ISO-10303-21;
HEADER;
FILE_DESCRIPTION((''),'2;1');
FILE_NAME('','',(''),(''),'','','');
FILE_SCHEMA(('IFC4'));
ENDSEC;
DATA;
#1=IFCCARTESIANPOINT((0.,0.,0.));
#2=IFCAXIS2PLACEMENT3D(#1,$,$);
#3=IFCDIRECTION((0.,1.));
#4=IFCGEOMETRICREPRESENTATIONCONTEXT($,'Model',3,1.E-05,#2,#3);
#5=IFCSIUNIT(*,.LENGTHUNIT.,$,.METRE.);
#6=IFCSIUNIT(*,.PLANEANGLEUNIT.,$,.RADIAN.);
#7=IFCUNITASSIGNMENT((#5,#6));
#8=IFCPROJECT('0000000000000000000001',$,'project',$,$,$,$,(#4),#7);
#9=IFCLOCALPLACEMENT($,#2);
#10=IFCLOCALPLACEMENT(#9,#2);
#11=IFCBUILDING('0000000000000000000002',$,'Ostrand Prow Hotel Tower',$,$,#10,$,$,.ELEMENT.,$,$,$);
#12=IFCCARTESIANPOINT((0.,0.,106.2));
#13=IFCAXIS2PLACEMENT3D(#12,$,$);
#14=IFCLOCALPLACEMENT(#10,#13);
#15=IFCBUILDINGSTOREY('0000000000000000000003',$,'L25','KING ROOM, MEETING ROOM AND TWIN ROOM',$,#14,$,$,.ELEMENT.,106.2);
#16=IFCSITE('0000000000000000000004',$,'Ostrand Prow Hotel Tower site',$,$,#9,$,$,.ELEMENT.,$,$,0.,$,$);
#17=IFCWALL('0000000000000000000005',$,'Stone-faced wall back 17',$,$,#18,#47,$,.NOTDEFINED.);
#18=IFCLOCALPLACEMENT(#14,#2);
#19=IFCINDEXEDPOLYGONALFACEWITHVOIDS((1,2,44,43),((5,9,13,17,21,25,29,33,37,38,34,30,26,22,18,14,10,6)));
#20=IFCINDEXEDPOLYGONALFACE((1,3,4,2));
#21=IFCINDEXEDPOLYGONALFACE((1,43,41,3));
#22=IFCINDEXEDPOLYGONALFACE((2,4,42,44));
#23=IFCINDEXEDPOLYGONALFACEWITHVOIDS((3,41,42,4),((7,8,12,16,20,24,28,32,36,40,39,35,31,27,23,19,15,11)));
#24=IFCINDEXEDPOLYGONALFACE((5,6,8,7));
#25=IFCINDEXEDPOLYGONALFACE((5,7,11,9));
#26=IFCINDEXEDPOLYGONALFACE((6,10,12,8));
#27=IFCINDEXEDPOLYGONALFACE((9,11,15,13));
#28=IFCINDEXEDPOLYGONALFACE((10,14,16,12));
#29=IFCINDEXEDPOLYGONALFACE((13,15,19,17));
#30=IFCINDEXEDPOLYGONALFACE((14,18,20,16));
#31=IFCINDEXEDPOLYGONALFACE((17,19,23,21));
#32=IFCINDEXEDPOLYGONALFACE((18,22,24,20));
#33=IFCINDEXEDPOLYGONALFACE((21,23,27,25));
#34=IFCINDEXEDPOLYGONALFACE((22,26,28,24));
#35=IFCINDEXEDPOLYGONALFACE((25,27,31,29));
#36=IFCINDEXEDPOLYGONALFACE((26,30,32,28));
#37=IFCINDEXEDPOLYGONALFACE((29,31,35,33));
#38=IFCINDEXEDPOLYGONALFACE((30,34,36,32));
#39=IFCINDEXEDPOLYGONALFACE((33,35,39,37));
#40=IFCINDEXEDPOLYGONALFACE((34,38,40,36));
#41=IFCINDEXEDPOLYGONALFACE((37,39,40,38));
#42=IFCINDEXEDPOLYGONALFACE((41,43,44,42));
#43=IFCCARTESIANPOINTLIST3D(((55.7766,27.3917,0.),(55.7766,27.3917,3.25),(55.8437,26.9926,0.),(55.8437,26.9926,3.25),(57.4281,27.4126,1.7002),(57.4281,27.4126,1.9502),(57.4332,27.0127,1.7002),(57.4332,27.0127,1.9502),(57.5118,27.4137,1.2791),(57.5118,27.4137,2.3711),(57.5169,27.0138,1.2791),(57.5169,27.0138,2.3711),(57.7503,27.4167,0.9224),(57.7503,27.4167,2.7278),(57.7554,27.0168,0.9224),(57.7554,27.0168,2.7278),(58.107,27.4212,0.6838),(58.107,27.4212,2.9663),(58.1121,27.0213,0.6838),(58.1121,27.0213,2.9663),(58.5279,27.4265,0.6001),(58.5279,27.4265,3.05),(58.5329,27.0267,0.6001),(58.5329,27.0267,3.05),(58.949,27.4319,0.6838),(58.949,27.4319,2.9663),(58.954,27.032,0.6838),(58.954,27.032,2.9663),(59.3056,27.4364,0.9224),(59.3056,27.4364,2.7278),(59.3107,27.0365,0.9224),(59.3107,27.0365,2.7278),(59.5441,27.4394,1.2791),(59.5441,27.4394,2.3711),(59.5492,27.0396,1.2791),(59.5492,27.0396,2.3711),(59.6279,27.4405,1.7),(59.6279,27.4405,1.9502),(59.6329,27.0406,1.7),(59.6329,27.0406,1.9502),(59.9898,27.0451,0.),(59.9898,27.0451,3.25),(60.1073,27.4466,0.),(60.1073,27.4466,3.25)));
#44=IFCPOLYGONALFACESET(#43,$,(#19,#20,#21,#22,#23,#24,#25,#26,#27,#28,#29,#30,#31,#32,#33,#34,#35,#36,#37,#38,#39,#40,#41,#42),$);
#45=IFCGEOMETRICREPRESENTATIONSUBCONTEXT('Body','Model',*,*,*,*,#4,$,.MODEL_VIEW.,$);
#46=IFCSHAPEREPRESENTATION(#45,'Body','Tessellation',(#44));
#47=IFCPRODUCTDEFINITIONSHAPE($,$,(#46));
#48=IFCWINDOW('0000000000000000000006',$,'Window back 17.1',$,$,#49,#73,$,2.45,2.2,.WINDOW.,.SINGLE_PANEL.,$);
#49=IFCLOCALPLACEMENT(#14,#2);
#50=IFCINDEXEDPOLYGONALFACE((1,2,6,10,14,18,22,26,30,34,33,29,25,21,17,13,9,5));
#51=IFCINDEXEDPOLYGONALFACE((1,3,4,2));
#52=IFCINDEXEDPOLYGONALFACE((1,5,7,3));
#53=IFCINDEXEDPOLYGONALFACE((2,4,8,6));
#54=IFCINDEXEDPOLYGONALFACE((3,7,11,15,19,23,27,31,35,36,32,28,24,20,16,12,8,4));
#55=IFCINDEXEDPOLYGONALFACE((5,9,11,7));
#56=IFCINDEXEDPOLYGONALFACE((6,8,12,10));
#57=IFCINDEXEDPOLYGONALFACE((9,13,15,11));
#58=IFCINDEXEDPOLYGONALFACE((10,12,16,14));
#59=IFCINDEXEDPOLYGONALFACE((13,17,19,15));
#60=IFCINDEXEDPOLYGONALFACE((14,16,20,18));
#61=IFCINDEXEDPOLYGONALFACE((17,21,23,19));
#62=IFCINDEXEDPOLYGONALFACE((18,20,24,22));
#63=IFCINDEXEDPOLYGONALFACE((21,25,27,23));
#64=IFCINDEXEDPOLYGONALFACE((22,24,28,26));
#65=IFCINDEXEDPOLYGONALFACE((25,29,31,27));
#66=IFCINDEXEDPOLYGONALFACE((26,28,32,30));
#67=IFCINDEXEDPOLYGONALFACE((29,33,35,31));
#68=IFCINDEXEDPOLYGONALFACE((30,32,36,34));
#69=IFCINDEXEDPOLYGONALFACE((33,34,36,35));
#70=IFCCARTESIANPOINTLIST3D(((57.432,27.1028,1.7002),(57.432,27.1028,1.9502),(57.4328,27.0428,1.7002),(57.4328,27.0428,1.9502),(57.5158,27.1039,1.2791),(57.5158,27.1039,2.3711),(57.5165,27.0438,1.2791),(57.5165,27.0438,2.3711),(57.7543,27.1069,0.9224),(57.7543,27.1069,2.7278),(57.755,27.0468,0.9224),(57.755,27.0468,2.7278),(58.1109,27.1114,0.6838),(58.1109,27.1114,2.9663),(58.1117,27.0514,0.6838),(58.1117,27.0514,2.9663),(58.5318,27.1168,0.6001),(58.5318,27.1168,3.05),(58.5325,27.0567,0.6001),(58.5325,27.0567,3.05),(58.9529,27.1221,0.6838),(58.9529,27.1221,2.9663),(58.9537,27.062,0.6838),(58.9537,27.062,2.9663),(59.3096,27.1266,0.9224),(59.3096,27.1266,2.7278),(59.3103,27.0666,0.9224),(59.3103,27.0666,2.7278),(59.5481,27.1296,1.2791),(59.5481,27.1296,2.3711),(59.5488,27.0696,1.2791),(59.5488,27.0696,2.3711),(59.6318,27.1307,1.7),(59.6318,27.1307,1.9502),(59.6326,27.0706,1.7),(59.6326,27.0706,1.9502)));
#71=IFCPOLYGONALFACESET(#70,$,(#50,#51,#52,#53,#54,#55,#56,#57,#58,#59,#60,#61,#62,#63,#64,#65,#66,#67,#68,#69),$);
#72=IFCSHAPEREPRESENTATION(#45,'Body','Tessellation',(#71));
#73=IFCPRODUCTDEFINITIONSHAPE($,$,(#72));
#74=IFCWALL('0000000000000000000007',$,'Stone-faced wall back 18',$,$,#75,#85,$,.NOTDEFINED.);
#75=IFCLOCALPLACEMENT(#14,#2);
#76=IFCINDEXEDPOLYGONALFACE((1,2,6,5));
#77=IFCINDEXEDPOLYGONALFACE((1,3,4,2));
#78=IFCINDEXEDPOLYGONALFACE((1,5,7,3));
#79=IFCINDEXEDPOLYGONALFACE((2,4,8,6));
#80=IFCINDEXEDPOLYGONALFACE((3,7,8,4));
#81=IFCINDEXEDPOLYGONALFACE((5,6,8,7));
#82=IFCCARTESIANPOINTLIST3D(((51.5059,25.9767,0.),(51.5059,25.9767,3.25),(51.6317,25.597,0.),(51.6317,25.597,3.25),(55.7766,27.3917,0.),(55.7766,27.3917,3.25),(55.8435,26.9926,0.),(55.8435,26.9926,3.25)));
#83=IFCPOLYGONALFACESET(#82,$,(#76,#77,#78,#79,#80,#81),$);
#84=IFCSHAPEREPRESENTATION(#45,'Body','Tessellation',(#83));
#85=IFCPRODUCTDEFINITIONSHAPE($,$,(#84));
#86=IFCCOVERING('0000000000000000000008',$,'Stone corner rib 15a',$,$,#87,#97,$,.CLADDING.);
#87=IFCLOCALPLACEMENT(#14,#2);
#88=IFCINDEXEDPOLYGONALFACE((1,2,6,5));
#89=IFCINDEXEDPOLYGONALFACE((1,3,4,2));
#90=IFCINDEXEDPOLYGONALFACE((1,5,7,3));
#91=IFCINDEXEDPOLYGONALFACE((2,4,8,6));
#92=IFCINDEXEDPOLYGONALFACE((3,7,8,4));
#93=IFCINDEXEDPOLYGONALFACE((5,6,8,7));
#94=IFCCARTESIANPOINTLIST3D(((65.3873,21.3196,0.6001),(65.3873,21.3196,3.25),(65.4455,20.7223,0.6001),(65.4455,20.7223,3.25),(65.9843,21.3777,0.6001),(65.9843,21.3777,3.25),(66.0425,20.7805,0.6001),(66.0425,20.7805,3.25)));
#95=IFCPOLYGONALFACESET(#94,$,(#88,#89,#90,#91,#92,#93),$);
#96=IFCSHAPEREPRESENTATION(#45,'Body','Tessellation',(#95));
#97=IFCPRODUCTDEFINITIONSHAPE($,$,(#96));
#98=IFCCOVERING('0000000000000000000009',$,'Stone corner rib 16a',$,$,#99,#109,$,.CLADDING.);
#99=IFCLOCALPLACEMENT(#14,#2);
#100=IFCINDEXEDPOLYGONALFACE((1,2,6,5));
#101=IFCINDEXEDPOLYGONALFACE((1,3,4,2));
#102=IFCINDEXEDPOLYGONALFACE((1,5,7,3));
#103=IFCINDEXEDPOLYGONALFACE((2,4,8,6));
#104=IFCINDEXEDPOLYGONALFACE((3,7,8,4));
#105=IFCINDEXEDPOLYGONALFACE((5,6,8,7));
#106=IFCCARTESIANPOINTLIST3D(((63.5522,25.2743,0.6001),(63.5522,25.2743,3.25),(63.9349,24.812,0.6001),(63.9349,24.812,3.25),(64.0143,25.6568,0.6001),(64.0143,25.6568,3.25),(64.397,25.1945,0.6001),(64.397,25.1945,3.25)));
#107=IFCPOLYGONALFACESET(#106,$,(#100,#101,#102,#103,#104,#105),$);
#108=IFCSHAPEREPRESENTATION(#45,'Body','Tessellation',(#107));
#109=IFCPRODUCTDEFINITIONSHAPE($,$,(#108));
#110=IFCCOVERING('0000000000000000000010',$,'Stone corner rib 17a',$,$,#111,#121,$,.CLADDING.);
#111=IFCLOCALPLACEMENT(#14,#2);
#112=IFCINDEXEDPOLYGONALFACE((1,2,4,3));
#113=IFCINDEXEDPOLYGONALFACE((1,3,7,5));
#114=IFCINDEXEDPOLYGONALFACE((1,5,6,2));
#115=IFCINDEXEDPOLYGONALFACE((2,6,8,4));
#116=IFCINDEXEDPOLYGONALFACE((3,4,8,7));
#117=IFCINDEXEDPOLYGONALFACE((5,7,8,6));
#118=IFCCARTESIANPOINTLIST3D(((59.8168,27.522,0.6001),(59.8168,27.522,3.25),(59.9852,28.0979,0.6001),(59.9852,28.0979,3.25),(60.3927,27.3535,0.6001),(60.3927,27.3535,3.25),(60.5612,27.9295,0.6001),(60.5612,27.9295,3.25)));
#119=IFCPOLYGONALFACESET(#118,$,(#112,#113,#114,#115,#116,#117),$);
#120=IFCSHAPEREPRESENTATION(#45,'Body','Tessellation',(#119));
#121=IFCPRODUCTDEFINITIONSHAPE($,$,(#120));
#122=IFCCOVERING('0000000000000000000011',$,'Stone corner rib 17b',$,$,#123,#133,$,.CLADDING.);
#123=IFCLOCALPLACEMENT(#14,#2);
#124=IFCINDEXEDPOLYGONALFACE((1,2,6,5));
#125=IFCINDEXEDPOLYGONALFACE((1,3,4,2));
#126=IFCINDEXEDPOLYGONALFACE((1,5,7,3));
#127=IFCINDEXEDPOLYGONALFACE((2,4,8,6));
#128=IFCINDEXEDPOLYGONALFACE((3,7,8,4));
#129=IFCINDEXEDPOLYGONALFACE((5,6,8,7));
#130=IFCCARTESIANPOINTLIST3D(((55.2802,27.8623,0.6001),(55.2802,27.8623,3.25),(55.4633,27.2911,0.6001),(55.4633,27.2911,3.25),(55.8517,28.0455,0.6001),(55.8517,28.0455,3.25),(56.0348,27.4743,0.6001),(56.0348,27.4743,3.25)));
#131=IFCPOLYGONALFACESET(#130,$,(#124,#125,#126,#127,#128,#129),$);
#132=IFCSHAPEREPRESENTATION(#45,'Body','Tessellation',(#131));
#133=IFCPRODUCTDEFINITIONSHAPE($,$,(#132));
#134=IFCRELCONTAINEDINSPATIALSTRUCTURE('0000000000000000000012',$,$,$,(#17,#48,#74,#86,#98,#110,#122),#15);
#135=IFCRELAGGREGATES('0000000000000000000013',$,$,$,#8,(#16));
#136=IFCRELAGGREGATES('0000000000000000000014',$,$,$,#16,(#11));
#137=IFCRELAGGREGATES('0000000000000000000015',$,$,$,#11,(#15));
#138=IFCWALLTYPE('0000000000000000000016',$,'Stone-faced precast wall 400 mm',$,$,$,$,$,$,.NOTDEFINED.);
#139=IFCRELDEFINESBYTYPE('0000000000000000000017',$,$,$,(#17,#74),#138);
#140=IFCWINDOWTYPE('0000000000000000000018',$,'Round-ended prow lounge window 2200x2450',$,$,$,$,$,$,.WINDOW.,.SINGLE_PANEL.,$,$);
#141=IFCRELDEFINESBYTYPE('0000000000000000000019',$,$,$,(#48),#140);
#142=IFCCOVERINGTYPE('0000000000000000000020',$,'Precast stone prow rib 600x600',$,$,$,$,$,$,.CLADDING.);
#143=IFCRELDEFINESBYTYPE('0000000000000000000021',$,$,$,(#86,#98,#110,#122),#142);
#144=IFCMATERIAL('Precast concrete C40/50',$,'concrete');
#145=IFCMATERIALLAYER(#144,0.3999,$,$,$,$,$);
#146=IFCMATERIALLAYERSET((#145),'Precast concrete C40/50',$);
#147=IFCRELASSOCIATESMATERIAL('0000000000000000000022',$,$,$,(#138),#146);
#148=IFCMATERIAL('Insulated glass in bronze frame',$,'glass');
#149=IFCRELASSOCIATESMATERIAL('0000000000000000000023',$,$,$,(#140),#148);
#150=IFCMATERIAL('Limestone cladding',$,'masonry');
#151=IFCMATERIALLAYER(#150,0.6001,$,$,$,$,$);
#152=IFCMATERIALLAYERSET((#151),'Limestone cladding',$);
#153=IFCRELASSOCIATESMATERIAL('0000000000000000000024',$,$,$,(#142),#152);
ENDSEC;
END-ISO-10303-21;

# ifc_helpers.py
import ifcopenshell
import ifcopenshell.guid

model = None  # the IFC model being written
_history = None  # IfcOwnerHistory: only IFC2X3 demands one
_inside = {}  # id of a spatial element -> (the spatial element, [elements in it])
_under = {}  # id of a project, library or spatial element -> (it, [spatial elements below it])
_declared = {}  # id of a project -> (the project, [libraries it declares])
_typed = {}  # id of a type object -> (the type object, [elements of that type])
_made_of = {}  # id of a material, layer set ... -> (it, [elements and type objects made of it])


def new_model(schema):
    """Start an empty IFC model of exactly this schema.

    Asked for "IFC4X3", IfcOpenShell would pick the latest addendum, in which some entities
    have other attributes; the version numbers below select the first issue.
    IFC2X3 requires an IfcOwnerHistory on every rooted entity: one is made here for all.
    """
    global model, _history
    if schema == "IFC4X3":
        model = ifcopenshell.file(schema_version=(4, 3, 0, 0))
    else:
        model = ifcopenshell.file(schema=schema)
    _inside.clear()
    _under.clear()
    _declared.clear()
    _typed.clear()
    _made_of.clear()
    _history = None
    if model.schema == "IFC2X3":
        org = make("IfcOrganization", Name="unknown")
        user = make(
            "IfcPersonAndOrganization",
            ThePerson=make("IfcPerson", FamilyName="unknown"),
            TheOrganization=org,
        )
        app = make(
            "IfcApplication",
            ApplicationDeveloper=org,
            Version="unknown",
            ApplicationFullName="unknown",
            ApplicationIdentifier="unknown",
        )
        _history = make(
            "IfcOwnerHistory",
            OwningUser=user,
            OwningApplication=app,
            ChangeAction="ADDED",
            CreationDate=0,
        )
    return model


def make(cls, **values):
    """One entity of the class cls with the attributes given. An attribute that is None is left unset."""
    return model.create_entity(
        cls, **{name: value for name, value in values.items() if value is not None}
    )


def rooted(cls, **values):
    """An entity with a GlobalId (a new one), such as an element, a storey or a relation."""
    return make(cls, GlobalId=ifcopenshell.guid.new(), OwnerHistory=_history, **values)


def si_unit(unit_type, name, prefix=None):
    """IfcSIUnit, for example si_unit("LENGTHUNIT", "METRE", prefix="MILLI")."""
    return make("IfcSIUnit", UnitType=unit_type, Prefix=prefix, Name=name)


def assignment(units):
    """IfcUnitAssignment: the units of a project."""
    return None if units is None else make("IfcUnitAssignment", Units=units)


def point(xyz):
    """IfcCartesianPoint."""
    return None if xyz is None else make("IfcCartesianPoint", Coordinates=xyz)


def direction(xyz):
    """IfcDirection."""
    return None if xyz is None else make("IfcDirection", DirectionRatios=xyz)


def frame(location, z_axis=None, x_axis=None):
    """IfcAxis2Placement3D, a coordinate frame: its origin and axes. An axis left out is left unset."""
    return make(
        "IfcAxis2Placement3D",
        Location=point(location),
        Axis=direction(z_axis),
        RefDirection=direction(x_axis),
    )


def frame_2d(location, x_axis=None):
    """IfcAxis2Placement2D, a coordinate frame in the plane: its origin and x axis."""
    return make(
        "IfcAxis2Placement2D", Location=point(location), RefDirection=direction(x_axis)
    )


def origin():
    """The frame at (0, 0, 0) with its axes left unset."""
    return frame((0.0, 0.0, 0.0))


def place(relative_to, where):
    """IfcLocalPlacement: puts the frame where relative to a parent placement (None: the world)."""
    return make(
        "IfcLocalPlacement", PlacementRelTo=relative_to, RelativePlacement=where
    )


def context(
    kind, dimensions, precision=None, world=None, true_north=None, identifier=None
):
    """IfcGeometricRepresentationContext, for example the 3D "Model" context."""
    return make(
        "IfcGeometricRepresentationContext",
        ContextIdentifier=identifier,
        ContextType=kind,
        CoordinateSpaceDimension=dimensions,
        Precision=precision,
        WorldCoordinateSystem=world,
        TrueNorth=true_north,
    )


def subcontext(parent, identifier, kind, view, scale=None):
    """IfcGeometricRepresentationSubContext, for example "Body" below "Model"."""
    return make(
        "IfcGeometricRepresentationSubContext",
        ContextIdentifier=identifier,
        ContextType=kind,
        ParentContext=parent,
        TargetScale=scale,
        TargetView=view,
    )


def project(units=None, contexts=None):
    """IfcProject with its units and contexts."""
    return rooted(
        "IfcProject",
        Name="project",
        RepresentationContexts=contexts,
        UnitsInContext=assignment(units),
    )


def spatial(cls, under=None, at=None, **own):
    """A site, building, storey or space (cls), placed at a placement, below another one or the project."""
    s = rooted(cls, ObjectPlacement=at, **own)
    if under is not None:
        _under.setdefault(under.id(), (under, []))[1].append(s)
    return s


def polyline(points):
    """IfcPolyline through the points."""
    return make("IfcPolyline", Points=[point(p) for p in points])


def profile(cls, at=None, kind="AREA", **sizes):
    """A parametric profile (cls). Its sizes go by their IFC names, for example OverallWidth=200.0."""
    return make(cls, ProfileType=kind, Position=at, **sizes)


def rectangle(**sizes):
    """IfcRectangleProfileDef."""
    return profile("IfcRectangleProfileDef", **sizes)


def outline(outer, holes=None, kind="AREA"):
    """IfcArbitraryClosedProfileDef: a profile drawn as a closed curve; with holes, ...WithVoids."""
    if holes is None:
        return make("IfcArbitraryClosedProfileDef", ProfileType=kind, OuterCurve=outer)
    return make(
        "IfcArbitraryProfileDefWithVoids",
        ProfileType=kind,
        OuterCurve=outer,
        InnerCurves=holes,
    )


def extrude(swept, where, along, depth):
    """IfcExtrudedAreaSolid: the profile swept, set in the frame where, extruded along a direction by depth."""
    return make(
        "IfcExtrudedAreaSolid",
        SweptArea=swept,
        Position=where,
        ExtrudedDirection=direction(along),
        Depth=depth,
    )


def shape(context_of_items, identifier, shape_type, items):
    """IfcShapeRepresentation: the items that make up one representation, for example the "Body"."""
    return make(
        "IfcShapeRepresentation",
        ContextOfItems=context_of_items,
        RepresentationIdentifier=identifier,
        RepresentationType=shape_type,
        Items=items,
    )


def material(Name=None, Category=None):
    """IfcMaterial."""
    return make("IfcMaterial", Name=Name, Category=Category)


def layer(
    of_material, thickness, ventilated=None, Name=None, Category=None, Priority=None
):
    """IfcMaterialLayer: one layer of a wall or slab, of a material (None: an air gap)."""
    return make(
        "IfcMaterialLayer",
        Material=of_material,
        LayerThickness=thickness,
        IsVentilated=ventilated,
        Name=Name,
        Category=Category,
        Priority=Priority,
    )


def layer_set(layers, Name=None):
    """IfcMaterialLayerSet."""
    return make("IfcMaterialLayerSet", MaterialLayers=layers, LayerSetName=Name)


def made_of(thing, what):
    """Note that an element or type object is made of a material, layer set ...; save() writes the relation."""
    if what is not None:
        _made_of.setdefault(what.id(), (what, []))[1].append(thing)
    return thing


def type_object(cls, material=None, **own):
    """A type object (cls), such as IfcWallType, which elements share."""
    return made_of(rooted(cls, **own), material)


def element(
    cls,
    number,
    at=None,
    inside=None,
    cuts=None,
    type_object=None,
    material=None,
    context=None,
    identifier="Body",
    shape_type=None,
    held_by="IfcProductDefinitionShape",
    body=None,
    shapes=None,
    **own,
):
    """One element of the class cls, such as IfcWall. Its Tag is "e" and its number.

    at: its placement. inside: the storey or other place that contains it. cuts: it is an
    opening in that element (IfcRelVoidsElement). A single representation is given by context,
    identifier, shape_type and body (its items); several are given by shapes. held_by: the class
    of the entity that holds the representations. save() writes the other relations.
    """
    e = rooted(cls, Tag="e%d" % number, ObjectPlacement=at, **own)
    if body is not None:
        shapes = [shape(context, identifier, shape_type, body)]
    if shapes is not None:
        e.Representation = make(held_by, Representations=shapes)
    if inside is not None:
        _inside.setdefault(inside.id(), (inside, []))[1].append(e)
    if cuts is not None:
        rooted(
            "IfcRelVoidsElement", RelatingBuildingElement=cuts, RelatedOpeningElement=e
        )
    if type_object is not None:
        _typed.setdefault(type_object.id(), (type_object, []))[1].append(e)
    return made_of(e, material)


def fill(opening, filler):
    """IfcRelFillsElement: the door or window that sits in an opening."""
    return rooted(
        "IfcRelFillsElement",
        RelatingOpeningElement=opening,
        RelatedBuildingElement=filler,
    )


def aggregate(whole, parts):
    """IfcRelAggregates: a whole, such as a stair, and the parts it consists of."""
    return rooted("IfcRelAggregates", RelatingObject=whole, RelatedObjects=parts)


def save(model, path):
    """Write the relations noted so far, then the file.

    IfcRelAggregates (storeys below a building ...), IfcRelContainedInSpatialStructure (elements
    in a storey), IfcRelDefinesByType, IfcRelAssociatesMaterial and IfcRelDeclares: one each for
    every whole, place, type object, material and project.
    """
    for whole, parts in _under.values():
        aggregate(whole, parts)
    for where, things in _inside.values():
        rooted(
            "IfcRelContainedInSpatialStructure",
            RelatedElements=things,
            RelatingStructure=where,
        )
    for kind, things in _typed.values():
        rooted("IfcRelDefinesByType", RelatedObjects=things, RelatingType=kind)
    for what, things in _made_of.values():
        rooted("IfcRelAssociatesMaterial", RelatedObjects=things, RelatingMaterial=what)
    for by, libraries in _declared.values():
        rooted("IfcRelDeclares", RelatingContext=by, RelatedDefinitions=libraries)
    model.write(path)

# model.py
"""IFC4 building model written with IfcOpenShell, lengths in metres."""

from ifc_helpers import new_model, si_unit, direction, frame, frame_2d, origin, place, context, subcontext, project, spatial, polyline, rectangle, outline, extrude, material, layer, layer_set, type_object, element, fill, save


model = new_model("IFC4")

# Units and contexts
model_context = context("Model", 3, precision=1e-05, world=origin(), true_north=direction((0.0, 1.0)))
body_context = subcontext(model_context, "Body", "Model", "MODEL_VIEW")
ifc_project = project(units=[si_unit("LENGTHUNIT", "METRE"), si_unit("PLANEANGLEUNIT", "RADIAN")], contexts=[model_context])

# Site, building, storey
site_placement = place(None, origin())
site = spatial("IfcSite", under=ifc_project, at=site_placement, Name="Ostrand Prow Hotel Tower site", CompositionType="ELEMENT", RefElevation=0.0)
building_placement = place(site_placement, origin())
building = spatial("IfcBuilding", under=site, at=building_placement, Name="Ostrand Prow Hotel Tower", CompositionType="ELEMENT")
storey_placement = place(building_placement, frame((0.0, 0.0, 106.2)))
storey = spatial("IfcBuildingStorey", under=building, at=storey_placement, Name="L25", Description="KING ROOM, MEETING ROOM AND TWIN ROOM", CompositionType="ELEMENT", Elevation=106.2)

# Shared definitions
ifc_material_1 = material(Name="Precast concrete C40/50", Category="concrete")
ifc_layer_1 = layer(ifc_material_1, 0.3999)
ifc_layer_set_1 = layer_set([ifc_layer_1], Name="Precast concrete C40/50")
wall_type_1 = type_object("IfcWallType", Name="Stone-faced precast wall 400 mm", PredefinedType="NOTDEFINED", material=ifc_layer_set_1)

# Wall, opening, window
ifc_material_2 = material(Name="Insulated glass in bronze frame", Category="glass")
window_type_1 = type_object("IfcWindowType", Name="Round-ended prow lounge window 2200x2450", PartitioningType="SINGLE_PANEL", PredefinedType="WINDOW", material=ifc_material_2)
wall_1_placement = place(storey_placement, frame((60.0486, 27.2458, 0.0), z_axis=(0.0, 0.0, 1.0), x_axis=(-0.99992, -0.012671, 0.0)))
wall_1 = element("IfcWall", 1, at=wall_1_placement, inside=storey, type_object=wall_type_1, Name="Stone-faced wall back 17", PredefinedType="NOTDEFINED", context=body_context, shape_type="SweptSolid", body=[
    extrude(outline(polyline([(-0.0613, -0.2), (4.2698, -0.2), (4.2078, 0.2), (0.0613, 0.2), (-0.0613, -0.2)])), origin(), (0.0, 0.0, 1.0), 3.25),
])
opening_1_placement = place(wall_1_placement, frame((0.4182, 0.0, 0.6001)))
opening_1 = element("IfcOpeningElement", 2, at=opening_1_placement, cuts=wall_1, PredefinedType="OPENING", context=body_context, shape_type="SweptSolid", body=[
    extrude(outline(polyline([(0.0, 1.3501), (0.0837, 1.771), (0.3223, 2.1277), (0.679, 2.3662), (1.1001, 2.45), (1.521, 2.3662), (1.8777, 2.1277), (2.1162, 1.771), (2.2, 1.3501), (2.2, 1.1001), (2.1162, 0.679), (1.8777, 0.3223), (1.521, 0.0837), (1.1001, 0.0), (0.679, 0.0837), (0.3223, 0.3223), (0.0837, 0.679), (0.0, 1.0999), (0.0, 1.3501)])), frame((0.0, 0.21, 0.0), z_axis=(0.0, -1.0, 0.0), x_axis=(1.0, 0.0, 0.0)), (0.0, 0.0, 1.0), 0.4199),
])
window_1_placement = place(opening_1_placement, origin())
window_1 = element("IfcWindow", 3, at=window_1_placement, inside=storey, type_object=window_type_1, Name="Window back 17.1", OverallHeight=2.45, OverallWidth=2.2, PartitioningType="SINGLE_PANEL", PredefinedType="WINDOW", context=body_context, shape_type="SweptSolid", body=[
    extrude(outline(polyline([(0.0, 1.3501), (0.0837, 1.771), (0.3223, 2.1277), (0.679, 2.3662), (1.1001, 2.45), (1.521, 2.3662), (1.8777, 2.1277), (2.1162, 1.771), (2.2, 1.3501), (2.2, 1.1001), (2.1162, 0.679), (1.8777, 0.3223), (1.521, 0.0837), (1.1001, 0.0), (0.679, 0.0837), (0.3223, 0.3223), (0.0837, 0.679), (0.0, 1.0999), (0.0, 1.3501)])), frame((0.0, 0.1699, 0.0), z_axis=(0.0, -1.0, 0.0), x_axis=(1.0, 0.0, 0.0)), (0.0, 0.0, 1.0), 0.0601),
])
fill(opening_1, window_1)

# Wall
wall_2_placement = place(storey_placement, frame((55.8101, 27.1921, 0.0), z_axis=(0.0, 0.0, 1.0), x_axis=(-0.94925, -0.314522, 0.0)))
element("IfcWall", 4, at=wall_2_placement, inside=storey, type_object=wall_type_1, Name="Stone-faced wall back 18", PredefinedType="NOTDEFINED", context=body_context, shape_type="SweptSolid", body=[
    extrude(outline(polyline([(-0.031, -0.2), (4.468, -0.2), (4.468, 0.2), (0.031, 0.2), (-0.031, -0.2)])), origin(), (0.0, 0.0, 1.0), 3.25),
])

# Coverings
ifc_material_3 = material(Name="Limestone cladding", Category="masonry")
ifc_layer_2 = layer(ifc_material_3, 0.6001)
ifc_layer_set_2 = layer_set([ifc_layer_2], Name="Limestone cladding")
covering_type = type_object("IfcCoveringType", Name="Precast stone prow rib 600x600", PredefinedType="CLADDING", material=ifc_layer_set_2)
for number, where, z_axis, x_axis, name in (
    (5, (65.4165, 21.021, 0.6001), (0.0, 0.0, 1.0), (0.995296, 0.096884, 0.0), "Stone corner rib 15a"),
    (6, (63.7437, 25.0432, 0.6001), (0.0, 0.0, 1.0), (0.770319, 0.637659, 0.0), "Stone corner rib 16a"),
):
    element("IfcCovering", number, at=place(storey_placement, frame(where, z_axis=z_axis, x_axis=x_axis)), inside=storey, type_object=covering_type, Name=name, PredefinedType="CLADDING", context=body_context, shape_type="SweptSolid", body=[
        extrude(rectangle(XDim=0.5999, YDim=0.6001, at=frame_2d((0.2998, 0.0))), origin(), (0.0, 0.0, 1.0), 2.6499),
    ])
covering_1_placement = place(storey_placement, frame((60.1047, 27.4377, 0.6001), z_axis=(0.0, 0.0, 1.0), x_axis=(0.280734, 0.959786, 0.0)))
element("IfcCovering", 7, at=covering_1_placement, inside=storey, type_object=covering_type, Name="Stone corner rib 17a", PredefinedType="CLADDING", context=body_context, shape_type="SweptSolid", body=[
    extrude(rectangle(XDim=0.6001, YDim=0.6001, at=frame_2d((0.3, 0.0))), origin(), (0.0, 0.0, 1.0), 2.6499),
])
covering_2_placement = place(storey_placement, frame((55.749, 27.3828, 0.6001), z_axis=(0.0, 0.0, 1.0), x_axis=(-0.305219, 0.952282, 0.0)))
element("IfcCovering", 8, at=covering_2_placement, inside=storey, type_object=covering_type, Name="Stone corner rib 17b", PredefinedType="CLADDING", context=body_context, shape_type="SweptSolid", body=[
    extrude(rectangle(XDim=0.5999, YDim=0.6001, at=frame_2d((0.2998, 0.0))), origin(), (0.0, 0.0, 1.0), 2.6499),
])

save(model, "model.ifc")
